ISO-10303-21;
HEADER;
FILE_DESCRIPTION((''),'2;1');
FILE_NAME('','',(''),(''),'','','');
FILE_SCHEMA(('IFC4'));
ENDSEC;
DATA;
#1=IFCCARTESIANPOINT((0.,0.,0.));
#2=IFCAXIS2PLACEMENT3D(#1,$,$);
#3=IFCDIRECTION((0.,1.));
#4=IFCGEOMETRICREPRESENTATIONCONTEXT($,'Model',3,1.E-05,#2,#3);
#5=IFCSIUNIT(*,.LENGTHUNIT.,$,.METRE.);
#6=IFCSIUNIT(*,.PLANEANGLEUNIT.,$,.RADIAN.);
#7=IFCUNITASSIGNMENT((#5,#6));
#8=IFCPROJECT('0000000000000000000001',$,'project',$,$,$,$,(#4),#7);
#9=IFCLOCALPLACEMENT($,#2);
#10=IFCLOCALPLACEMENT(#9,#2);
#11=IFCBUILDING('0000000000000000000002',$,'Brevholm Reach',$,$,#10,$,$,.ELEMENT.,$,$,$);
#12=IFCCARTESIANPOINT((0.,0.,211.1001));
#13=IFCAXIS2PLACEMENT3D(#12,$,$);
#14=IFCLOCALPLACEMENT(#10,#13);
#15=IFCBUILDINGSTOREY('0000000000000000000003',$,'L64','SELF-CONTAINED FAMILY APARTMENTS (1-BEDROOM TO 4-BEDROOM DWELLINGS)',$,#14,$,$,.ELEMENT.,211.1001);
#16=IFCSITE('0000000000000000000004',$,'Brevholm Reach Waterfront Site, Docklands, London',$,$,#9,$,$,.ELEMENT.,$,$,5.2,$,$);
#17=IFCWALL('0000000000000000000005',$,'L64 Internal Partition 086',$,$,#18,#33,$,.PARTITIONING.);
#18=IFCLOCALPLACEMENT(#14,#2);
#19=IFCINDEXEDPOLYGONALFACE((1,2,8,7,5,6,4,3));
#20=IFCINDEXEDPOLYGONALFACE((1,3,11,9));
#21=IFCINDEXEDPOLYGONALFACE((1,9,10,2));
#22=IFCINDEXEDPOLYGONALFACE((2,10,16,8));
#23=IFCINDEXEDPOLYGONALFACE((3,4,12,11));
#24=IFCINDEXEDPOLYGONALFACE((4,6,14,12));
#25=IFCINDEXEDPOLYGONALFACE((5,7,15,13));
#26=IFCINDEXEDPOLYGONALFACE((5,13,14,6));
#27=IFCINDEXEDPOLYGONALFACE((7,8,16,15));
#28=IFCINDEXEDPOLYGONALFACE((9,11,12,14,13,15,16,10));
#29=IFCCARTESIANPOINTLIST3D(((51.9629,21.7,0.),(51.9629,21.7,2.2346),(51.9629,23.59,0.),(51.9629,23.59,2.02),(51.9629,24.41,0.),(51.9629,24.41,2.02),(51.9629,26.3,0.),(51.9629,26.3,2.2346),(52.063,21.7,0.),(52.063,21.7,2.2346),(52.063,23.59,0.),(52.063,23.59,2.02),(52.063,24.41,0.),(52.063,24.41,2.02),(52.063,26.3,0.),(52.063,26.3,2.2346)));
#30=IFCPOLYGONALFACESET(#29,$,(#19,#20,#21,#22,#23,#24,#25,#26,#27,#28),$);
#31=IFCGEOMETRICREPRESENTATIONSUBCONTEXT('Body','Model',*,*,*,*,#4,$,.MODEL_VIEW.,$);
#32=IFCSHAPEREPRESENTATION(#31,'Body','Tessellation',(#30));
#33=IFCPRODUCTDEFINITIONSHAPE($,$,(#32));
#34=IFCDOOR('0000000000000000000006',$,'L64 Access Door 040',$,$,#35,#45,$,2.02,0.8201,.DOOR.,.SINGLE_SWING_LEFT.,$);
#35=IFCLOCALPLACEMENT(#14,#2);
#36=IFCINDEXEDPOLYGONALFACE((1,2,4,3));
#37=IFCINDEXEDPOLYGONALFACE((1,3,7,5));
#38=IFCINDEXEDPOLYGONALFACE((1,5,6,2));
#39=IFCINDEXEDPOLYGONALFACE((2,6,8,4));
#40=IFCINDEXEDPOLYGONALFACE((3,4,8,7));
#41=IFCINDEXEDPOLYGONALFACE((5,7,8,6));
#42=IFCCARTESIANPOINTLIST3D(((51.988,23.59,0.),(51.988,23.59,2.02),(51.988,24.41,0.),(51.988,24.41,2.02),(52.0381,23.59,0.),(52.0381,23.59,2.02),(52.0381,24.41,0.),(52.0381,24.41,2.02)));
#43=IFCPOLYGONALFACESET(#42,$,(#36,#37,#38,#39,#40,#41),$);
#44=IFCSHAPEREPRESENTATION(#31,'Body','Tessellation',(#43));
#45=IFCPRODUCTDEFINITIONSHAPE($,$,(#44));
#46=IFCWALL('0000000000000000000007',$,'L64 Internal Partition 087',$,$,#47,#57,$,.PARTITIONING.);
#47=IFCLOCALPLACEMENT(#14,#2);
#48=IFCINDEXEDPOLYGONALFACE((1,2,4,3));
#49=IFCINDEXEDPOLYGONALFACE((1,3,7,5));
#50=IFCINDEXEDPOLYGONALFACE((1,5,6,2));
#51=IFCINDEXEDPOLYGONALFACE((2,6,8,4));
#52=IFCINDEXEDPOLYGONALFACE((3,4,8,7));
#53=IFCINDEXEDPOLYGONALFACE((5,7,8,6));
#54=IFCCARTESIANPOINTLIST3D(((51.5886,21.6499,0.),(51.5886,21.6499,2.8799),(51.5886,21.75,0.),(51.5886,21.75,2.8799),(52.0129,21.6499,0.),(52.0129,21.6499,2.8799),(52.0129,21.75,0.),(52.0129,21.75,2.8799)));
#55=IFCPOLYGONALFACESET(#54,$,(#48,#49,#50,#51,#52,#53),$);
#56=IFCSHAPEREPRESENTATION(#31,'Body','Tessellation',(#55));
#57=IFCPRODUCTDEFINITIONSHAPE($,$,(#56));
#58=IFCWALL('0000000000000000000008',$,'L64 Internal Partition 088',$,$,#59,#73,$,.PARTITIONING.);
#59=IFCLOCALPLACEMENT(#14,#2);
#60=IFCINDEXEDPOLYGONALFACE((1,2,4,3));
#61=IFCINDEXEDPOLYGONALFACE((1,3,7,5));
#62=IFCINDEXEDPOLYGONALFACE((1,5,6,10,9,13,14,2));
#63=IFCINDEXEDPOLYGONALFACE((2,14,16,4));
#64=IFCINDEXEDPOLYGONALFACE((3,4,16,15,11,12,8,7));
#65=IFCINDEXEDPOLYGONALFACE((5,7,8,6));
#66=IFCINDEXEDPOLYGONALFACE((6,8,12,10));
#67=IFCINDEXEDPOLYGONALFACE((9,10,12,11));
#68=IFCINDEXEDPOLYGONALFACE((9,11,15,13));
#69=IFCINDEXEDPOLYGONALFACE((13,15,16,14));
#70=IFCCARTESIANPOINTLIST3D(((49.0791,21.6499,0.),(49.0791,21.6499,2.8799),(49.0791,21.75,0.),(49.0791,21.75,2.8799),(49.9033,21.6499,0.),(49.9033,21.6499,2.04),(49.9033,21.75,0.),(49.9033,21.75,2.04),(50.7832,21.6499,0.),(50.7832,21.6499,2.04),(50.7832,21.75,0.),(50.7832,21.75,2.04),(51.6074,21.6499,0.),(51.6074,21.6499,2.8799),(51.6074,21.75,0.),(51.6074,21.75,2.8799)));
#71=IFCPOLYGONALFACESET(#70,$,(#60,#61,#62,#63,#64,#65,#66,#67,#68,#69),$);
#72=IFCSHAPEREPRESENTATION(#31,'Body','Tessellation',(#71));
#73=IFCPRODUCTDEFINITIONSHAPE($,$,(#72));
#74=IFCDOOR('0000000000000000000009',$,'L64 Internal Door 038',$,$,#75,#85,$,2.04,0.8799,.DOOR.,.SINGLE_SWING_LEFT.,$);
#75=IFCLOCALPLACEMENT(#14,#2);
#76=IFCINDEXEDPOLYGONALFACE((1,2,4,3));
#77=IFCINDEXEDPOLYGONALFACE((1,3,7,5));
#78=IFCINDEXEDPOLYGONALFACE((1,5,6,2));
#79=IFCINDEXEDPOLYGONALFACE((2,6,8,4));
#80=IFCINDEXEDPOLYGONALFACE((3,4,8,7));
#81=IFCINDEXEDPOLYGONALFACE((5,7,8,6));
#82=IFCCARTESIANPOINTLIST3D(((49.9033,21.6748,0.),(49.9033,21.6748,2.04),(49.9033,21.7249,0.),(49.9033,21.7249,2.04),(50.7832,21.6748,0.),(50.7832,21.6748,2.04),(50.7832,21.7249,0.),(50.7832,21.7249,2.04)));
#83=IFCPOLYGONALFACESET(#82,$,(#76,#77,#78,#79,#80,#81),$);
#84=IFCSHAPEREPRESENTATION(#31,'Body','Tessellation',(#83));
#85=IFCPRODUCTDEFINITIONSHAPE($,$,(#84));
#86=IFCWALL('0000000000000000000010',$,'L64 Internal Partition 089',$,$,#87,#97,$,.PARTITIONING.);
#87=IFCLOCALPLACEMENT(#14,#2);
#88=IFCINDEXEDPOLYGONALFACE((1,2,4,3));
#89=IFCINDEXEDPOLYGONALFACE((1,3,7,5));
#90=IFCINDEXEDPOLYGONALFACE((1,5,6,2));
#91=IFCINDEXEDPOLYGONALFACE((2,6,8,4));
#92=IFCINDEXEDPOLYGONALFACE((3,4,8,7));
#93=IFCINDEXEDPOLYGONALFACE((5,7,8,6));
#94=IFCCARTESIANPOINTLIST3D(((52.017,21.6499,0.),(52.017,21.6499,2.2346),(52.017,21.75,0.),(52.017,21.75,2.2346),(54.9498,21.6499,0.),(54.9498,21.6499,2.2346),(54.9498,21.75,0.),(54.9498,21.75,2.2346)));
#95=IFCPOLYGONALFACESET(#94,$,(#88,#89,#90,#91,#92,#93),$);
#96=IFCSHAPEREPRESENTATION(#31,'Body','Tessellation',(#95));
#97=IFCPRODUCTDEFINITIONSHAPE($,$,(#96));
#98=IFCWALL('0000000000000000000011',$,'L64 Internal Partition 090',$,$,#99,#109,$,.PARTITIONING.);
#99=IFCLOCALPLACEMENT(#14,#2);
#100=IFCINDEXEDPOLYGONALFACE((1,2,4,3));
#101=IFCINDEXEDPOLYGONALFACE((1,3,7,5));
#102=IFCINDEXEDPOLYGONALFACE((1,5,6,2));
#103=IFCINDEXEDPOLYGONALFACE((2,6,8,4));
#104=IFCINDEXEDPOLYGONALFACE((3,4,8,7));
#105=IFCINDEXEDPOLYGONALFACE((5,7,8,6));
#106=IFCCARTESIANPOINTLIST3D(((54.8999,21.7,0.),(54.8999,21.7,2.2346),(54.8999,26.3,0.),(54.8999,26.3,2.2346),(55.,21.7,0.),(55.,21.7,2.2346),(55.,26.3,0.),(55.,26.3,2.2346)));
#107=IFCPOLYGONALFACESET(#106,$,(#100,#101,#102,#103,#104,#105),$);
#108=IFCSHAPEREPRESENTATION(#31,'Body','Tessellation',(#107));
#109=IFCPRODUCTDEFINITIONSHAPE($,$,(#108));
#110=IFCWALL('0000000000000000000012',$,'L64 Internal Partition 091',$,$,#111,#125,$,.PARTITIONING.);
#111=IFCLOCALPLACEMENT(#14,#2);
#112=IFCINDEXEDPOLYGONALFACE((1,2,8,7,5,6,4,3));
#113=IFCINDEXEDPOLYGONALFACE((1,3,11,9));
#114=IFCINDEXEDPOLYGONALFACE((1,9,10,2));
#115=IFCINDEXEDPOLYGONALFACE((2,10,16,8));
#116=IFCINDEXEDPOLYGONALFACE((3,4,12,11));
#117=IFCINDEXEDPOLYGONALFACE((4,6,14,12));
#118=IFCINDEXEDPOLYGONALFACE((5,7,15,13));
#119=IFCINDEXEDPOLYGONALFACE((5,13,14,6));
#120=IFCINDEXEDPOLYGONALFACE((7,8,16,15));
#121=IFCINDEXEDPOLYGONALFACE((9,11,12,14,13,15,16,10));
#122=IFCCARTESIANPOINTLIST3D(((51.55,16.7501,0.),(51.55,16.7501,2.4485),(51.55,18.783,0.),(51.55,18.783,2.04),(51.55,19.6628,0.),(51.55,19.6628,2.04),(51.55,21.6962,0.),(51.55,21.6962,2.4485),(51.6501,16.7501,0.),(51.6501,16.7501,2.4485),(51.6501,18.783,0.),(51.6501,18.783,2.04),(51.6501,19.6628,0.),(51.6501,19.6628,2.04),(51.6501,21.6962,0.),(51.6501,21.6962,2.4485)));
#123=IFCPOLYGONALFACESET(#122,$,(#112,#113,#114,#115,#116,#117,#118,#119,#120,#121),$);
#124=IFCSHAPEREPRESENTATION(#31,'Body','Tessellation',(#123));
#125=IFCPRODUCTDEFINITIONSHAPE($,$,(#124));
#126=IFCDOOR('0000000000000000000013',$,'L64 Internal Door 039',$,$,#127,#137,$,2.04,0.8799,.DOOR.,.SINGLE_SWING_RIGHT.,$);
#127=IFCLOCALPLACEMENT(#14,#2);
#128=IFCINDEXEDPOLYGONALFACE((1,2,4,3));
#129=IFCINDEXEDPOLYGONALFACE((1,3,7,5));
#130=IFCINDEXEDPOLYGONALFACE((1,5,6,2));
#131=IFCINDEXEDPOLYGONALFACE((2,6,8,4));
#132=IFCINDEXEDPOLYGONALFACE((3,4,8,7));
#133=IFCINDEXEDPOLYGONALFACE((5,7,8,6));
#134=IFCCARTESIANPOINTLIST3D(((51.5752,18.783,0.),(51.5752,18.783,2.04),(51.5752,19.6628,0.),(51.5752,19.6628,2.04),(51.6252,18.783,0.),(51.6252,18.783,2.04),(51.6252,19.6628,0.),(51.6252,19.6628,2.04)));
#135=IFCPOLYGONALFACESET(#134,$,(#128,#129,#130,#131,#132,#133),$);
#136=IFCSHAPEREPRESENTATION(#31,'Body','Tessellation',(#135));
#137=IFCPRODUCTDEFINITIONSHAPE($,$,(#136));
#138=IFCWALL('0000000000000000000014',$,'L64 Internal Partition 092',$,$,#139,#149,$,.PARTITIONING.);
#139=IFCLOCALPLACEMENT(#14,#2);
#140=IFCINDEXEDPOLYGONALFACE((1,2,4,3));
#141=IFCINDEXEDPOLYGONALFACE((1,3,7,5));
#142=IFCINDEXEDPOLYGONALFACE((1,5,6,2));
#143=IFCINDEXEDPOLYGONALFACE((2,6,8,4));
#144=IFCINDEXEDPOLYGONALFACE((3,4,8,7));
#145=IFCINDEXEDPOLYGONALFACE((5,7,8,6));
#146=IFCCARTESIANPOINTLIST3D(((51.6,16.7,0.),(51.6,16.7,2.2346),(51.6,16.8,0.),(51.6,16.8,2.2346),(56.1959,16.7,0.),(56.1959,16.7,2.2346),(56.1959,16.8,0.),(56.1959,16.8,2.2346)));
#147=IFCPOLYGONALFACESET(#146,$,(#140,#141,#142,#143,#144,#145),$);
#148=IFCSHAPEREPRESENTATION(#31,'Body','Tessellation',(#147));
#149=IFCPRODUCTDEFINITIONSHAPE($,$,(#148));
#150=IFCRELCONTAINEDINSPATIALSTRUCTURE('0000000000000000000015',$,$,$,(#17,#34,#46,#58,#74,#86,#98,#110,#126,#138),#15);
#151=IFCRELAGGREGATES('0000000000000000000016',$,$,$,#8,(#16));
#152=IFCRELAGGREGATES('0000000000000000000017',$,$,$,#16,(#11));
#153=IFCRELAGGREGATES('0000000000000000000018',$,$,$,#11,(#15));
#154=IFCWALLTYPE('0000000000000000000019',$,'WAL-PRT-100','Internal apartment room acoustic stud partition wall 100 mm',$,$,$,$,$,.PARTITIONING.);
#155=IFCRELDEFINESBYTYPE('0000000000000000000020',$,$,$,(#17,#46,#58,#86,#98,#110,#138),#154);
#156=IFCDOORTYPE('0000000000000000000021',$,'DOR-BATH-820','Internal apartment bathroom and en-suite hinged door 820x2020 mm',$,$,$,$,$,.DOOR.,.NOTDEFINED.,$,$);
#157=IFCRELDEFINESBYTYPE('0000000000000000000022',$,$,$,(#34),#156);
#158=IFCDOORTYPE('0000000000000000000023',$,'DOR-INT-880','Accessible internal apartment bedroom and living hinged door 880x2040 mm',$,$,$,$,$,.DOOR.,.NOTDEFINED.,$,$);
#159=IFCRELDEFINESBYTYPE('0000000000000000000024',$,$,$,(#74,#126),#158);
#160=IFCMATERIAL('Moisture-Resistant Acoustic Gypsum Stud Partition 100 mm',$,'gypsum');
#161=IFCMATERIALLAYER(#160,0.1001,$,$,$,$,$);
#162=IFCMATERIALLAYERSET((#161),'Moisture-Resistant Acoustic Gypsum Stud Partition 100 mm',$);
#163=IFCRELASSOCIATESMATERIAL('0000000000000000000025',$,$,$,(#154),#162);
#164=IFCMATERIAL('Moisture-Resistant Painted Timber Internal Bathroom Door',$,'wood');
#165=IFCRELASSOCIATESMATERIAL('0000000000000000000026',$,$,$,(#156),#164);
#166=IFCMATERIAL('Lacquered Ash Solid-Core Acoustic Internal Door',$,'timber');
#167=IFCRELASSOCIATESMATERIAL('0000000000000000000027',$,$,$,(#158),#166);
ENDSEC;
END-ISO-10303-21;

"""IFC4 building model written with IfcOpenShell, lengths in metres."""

from ifc_helpers import new_model, si_unit, direction, frame, frame_2d, origin, place, context, subcontext, project, spatial, rectangle, extrude, material, layer, layer_set, type_object, element, fill, save


model = new_model("IFC4")

# Units and contexts
model_context = context("Model", 3, precision=1e-05, world=origin(), true_north=direction((0.0, 1.0)))
body_context = subcontext(model_context, "Body", "Model", "MODEL_VIEW")
ifc_project = project(units=[si_unit("LENGTHUNIT", "METRE"), si_unit("PLANEANGLEUNIT", "RADIAN")], contexts=[model_context])

# Site, building, storey
site_placement = place(None, origin())
site = spatial("IfcSite", under=ifc_project, at=site_placement, Name="Brevholm Reach Waterfront Site, Docklands, London", CompositionType="ELEMENT", RefElevation=5.2)
building_placement = place(site_placement, origin())
building = spatial("IfcBuilding", under=site, at=building_placement, Name="Brevholm Reach", CompositionType="ELEMENT")
storey_placement = place(building_placement, frame((0.0, 0.0, 211.1001)))
storey = spatial("IfcBuildingStorey", under=building, at=storey_placement, Name="L64", Description="SELF-CONTAINED FAMILY APARTMENTS (1-BEDROOM TO 4-BEDROOM DWELLINGS)", CompositionType="ELEMENT", Elevation=211.1001)

# Shared definitions
ifc_material_1 = material(Name="Moisture-Resistant Acoustic Gypsum Stud Partition 100 mm", Category="gypsum")
ifc_layer_1 = layer(ifc_material_1, 0.1001)
ifc_layer_set_1 = layer_set([ifc_layer_1], Name="Moisture-Resistant Acoustic Gypsum Stud Partition 100 mm")
wall_type_1 = type_object("IfcWallType", Name="WAL-PRT-100", Description="Internal apartment room acoustic stud partition wall 100 mm", PredefinedType="PARTITIONING", material=ifc_layer_set_1)

# Wall, opening, door
wall_1_placement = place(storey_placement, frame((52.0129, 21.7, 0.0), z_axis=(0.0, 0.0, 1.0), x_axis=(0.0, 1.0, 0.0)))
wall_1 = element("IfcWall", 1, at=wall_1_placement, inside=storey, type_object=wall_type_1, Name="L64 Internal Partition 086", PredefinedType="PARTITIONING", context=body_context, shape_type="SweptSolid", body=[
    extrude(rectangle(XDim=4.6001, YDim=0.1001, at=frame_2d((2.3, 0.0))), origin(), (0.0, 0.0, 1.0), 2.2346),
])
opening_1_placement = place(wall_1_placement, frame((1.8899, 0.0, 0.0)))
opening_1 = element("IfcOpeningElement", 2, at=opening_1_placement, cuts=wall_1, PredefinedType="OPENING", context=body_context, shape_type="SweptSolid", body=[
    extrude(rectangle(XDim=0.8201, YDim=2.02, at=frame_2d((0.4102, 1.01))), frame((0.0, 0.0601, 0.0), z_axis=(0.0, -1.0, 0.0), x_axis=(1.0, 0.0, 0.0)), (0.0, 0.0, 1.0), 0.1201),
])
ifc_material_2 = material(Name="Moisture-Resistant Painted Timber Internal Bathroom Door", Category="wood")
door_type_1 = type_object("IfcDoorType", Name="DOR-BATH-820", Description="Internal apartment bathroom and en-suite hinged door 820x2020 mm", OperationType="NOTDEFINED", PredefinedType="DOOR", material=ifc_material_2)
door_1_placement = place(opening_1_placement, origin())
door_1 = element("IfcDoor", 3, at=door_1_placement, inside=storey, type_object=door_type_1, Name="L64 Access Door 040", OperationType="SINGLE_SWING_LEFT", OverallHeight=2.02, OverallWidth=0.8201, PredefinedType="DOOR", context=body_context, shape_type="SweptSolid", body=[
    extrude(rectangle(XDim=0.8201, YDim=2.02, at=frame_2d((0.4102, 1.01))), frame((0.0, 0.0249, 0.0), z_axis=(0.0, -1.0, 0.0), x_axis=(1.0, 0.0, 0.0)), (0.0, 0.0, 1.0), 0.05),
])
fill(opening_1, door_1)

# Wall
wall_2_placement = place(storey_placement, frame((51.5886, 21.7, 0.0), z_axis=(0.0, 0.0, 1.0), x_axis=(1.0, 0.0, 0.0)))
element("IfcWall", 4, at=wall_2_placement, inside=storey, type_object=wall_type_1, Name="L64 Internal Partition 087", PredefinedType="PARTITIONING", context=body_context, shape_type="SweptSolid", body=[
    extrude(rectangle(XDim=0.4243, YDim=0.1001, at=frame_2d((0.2122, 0.0))), origin(), (0.0, 0.0, 1.0), 2.8799),
])

# Wall, opening, door
wall_3_placement = place(storey_placement, frame((49.0791, 21.7, 0.0), z_axis=(0.0, 0.0, 1.0), x_axis=(1.0, 0.0, 0.0)))
wall_3 = element("IfcWall", 5, at=wall_3_placement, inside=storey, type_object=wall_type_1, Name="L64 Internal Partition 088", PredefinedType="PARTITIONING", context=body_context, shape_type="SweptSolid", body=[
    extrude(rectangle(XDim=2.5283, YDim=0.1001, at=frame_2d((1.2642, 0.0))), origin(), (0.0, 0.0, 1.0), 2.8799),
])
opening_2_placement = place(wall_3_placement, frame((0.8242, 0.0, 0.0)))
opening_2 = element("IfcOpeningElement", 6, at=opening_2_placement, cuts=wall_3, PredefinedType="OPENING", context=body_context, shape_type="SweptSolid", body=[
    extrude(rectangle(XDim=0.8799, YDim=2.04, at=frame_2d((0.4399, 1.02))), frame((0.0, 0.0601, 0.0), z_axis=(0.0, -1.0, 0.0), x_axis=(1.0, 0.0, 0.0)), (0.0, 0.0, 1.0), 0.1201),
])
ifc_material_3 = material(Name="Lacquered Ash Solid-Core Acoustic Internal Door", Category="timber")
door_type_2 = type_object("IfcDoorType", Name="DOR-INT-880", Description="Accessible internal apartment bedroom and living hinged door 880x2040 mm", OperationType="NOTDEFINED", PredefinedType="DOOR", material=ifc_material_3)
door_2_placement = place(opening_2_placement, origin())
door_2 = element("IfcDoor", 7, at=door_2_placement, inside=storey, type_object=door_type_2, Name="L64 Internal Door 038", OperationType="SINGLE_SWING_LEFT", OverallHeight=2.04, OverallWidth=0.8799, PredefinedType="DOOR", context=body_context, shape_type="SweptSolid", body=[
    extrude(rectangle(XDim=0.8799, YDim=2.04, at=frame_2d((0.4399, 1.02))), frame((0.0, 0.0249, 0.0), z_axis=(0.0, -1.0, 0.0), x_axis=(1.0, 0.0, 0.0)), (0.0, 0.0, 1.0), 0.05),
])
fill(opening_2, door_2)

# Walls
wall_4_placement = place(storey_placement, frame((52.0171, 21.7, 0.0), z_axis=(0.0, 0.0, 1.0), x_axis=(1.0, 0.0, 0.0)))
element("IfcWall", 8, at=wall_4_placement, inside=storey, type_object=wall_type_1, Name="L64 Internal Partition 089", PredefinedType="PARTITIONING", context=body_context, shape_type="SweptSolid", body=[
    extrude(rectangle(XDim=2.9329, YDim=0.1001, at=frame_2d((1.4663, 0.0))), origin(), (0.0, 0.0, 1.0), 2.2346),
])
wall_5_placement = place(storey_placement, frame((54.95, 21.7, 0.0), z_axis=(0.0, 0.0, 1.0), x_axis=(0.0, 1.0, 0.0)))
element("IfcWall", 9, at=wall_5_placement, inside=storey, type_object=wall_type_1, Name="L64 Internal Partition 090", PredefinedType="PARTITIONING", context=body_context, shape_type="SweptSolid", body=[
    extrude(rectangle(XDim=4.6001, YDim=0.1001, at=frame_2d((2.3, 0.0))), origin(), (0.0, 0.0, 1.0), 2.2346),
])

# Wall, opening, door
wall_6_placement = place(storey_placement, frame((51.6001, 16.75, 0.0), z_axis=(0.0, 0.0, 1.0), x_axis=(0.0, 1.0, 0.0)))
wall_6 = element("IfcWall", 10, at=wall_6_placement, inside=storey, type_object=wall_type_1, Name="L64 Internal Partition 091", PredefinedType="PARTITIONING", context=body_context, shape_type="SweptSolid", body=[
    extrude(rectangle(XDim=4.946, YDim=0.1001, at=frame_2d((2.4731, 0.0))), origin(), (0.0, 0.0, 1.0), 2.4485),
])
opening_3_placement = place(wall_6_placement, frame((2.033, 0.0, 0.0)))
opening_3 = element("IfcOpeningElement", 11, at=opening_3_placement, cuts=wall_6, PredefinedType="OPENING", context=body_context, shape_type="SweptSolid", body=[
    extrude(rectangle(XDim=0.8799, YDim=2.04, at=frame_2d((0.4399, 1.02))), frame((0.0, 0.0601, 0.0), z_axis=(0.0, -1.0, 0.0), x_axis=(1.0, 0.0, 0.0)), (0.0, 0.0, 1.0), 0.1201),
])
door_3_placement = place(opening_3_placement, origin())
door_3 = element("IfcDoor", 12, at=door_3_placement, inside=storey, type_object=door_type_2, Name="L64 Internal Door 039", OperationType="SINGLE_SWING_RIGHT", OverallHeight=2.04, OverallWidth=0.8799, PredefinedType="DOOR", context=body_context, shape_type="SweptSolid", body=[
    extrude(rectangle(XDim=0.8799, YDim=2.04, at=frame_2d((0.4399, 1.02))), frame((0.0, 0.0249, 0.0), z_axis=(0.0, -1.0, 0.0), x_axis=(1.0, 0.0, 0.0)), (0.0, 0.0, 1.0), 0.05),
])
fill(opening_3, door_3)

# Wall
wall_7_placement = place(storey_placement, frame((51.6001, 16.75, 0.0), z_axis=(0.0, 0.0, 1.0), x_axis=(1.0, 0.0, 0.0)))
element("IfcWall", 13, at=wall_7_placement, inside=storey, type_object=wall_type_1, Name="L64 Internal Partition 092", PredefinedType="PARTITIONING", context=body_context, shape_type="SweptSolid", body=[
    extrude(rectangle(XDim=4.5959, YDim=0.1001, at=frame_2d((2.2979, 0.0))), origin(), (0.0, 0.0, 1.0), 2.2346),
])

save(model, "model.ifc")
